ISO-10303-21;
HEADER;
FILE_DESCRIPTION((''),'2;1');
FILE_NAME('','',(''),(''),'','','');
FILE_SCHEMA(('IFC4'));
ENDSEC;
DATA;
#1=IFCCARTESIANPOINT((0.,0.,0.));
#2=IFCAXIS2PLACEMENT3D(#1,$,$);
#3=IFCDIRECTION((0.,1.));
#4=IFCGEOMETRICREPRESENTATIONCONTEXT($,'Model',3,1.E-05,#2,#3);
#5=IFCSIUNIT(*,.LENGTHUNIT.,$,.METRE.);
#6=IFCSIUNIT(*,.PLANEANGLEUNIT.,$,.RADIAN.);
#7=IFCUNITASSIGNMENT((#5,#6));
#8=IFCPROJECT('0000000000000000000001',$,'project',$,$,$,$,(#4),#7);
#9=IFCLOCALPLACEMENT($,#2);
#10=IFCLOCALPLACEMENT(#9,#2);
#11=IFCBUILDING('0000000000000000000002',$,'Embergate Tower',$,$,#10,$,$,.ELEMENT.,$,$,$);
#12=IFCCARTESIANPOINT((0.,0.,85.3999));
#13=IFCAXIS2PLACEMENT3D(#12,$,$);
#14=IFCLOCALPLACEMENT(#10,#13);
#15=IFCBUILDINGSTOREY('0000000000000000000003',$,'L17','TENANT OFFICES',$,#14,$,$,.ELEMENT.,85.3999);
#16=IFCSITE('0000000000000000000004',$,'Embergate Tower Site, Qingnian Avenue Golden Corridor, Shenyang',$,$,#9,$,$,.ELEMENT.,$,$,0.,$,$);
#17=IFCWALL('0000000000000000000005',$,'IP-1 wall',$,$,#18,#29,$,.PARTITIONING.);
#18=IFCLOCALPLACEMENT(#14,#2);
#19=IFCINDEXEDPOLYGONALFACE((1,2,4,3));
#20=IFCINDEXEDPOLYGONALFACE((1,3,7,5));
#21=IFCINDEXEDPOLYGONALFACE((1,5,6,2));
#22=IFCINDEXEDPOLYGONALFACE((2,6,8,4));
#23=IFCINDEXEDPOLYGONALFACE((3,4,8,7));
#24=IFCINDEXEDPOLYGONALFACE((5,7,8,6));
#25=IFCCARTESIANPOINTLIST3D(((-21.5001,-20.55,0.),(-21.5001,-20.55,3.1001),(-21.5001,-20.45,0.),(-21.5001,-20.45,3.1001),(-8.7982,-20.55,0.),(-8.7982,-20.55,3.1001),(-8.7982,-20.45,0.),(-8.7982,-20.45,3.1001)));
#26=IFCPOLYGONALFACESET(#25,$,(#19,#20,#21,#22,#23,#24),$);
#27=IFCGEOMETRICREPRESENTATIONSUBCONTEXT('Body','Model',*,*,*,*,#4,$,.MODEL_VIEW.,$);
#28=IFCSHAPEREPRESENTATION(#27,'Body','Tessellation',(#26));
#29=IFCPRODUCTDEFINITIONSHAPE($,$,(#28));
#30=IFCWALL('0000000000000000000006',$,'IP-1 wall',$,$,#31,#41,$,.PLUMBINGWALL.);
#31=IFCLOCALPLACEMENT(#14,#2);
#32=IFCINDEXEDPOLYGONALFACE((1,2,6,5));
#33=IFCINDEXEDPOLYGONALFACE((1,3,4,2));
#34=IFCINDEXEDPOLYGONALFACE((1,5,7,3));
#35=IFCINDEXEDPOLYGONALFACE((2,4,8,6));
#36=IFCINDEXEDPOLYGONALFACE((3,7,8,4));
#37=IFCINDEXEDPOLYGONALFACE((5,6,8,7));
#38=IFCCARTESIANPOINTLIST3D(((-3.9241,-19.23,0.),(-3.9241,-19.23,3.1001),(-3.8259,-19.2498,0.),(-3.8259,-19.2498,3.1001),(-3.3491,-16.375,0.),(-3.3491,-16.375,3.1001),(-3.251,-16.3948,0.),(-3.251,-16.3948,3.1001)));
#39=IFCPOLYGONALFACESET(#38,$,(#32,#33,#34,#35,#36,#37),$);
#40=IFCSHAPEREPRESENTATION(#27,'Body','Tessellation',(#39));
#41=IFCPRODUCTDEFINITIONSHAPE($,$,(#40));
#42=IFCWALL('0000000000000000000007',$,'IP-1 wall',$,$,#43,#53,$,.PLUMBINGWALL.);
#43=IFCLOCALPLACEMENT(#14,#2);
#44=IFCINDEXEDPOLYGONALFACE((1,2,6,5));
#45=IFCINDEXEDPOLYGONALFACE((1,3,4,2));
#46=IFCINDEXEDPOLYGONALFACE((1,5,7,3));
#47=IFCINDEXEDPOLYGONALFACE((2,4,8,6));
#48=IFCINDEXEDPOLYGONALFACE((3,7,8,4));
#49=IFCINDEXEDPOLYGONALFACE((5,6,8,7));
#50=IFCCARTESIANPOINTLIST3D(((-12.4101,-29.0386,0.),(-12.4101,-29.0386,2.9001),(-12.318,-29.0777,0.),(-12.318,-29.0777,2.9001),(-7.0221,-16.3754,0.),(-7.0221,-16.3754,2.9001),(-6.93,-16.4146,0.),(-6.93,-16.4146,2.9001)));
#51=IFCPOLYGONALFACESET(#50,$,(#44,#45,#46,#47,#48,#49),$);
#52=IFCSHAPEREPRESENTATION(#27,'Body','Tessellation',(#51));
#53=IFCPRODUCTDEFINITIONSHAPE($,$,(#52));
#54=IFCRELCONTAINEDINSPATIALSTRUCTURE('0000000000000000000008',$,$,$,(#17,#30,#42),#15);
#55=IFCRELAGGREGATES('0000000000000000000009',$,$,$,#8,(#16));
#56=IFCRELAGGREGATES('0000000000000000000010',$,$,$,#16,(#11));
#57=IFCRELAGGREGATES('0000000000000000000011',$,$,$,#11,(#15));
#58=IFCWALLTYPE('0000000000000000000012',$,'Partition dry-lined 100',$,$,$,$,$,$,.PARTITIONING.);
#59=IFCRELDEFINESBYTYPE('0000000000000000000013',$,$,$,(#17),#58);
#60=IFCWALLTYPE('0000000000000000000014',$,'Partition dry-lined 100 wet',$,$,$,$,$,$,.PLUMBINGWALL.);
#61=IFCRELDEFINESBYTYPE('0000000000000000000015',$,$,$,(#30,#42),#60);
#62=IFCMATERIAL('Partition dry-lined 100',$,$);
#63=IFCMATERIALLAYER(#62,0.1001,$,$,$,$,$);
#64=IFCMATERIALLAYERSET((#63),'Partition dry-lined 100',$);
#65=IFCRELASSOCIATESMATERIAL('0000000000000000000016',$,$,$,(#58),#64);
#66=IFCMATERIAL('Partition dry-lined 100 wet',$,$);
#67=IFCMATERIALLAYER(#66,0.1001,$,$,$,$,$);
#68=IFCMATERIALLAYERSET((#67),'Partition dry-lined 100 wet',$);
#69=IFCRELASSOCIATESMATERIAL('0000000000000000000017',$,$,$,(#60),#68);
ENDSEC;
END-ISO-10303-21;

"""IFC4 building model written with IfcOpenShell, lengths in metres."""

from ifc_helpers import new_model, si_unit, direction, frame, frame_2d, origin, place, context, subcontext, project, spatial, rectangle, extrude, source, transform, mapped, material, layer, layer_set, type_object, element, save


model = new_model("IFC4")

# Units and contexts
model_context = context("Model", 3, precision=1e-05, world=origin(), true_north=direction((0.0, 1.0)))
body_context = subcontext(model_context, "Body", "Model", "MODEL_VIEW")
ifc_project = project(units=[si_unit("LENGTHUNIT", "METRE"), si_unit("PLANEANGLEUNIT", "RADIAN")], contexts=[model_context])

# Site, building, storey
site_placement = place(None, origin())
site = spatial("IfcSite", under=ifc_project, at=site_placement, Name="Embergate Tower Site, Qingnian Avenue Golden Corridor, Shenyang", CompositionType="ELEMENT", RefElevation=0.0)
building_placement = place(site_placement, origin())
building = spatial("IfcBuilding", under=site, at=building_placement, Name="Embergate Tower", CompositionType="ELEMENT")
storey_placement = place(building_placement, frame((0.0, 0.0, 85.3999)))
storey = spatial("IfcBuildingStorey", under=building, at=storey_placement, Name="L17", Description="TENANT OFFICES", CompositionType="ELEMENT", Elevation=85.3999)

# Walls
ifc_material_1 = material(Name="Partition dry-lined 100")
ifc_layer_1 = layer(ifc_material_1, 0.1001)
ifc_layer_set_1 = layer_set([ifc_layer_1], Name="Partition dry-lined 100")
wall_type_1 = type_object("IfcWallType", Name="Partition dry-lined 100", PredefinedType="PARTITIONING", material=ifc_layer_set_1)
shared_shape_1 = source(origin(), body_context, "Body", "SweptSolid", [
    extrude(rectangle(XDim=12.7019, YDim=0.1001, at=frame_2d((6.3511, 0.0))), origin(), (0.0, 0.0, 1.0), 3.1001),
])
wall_1_placement = place(storey_placement, frame((-8.7981, -20.5, 0.0), z_axis=(0.0, 0.0, 1.0), x_axis=(-1.0, 0.0, 0.0)))
element("IfcWall", 1, at=wall_1_placement, inside=storey, type_object=wall_type_1, Name="IP-1 wall", PredefinedType="PARTITIONING", context=body_context, shape_type="MappedRepresentation", body=[
    mapped(shared_shape_1, transform((0.0, 0.0, 0.0))),
])
ifc_material_2 = material(Name="Partition dry-lined 100 wet")
ifc_layer_2 = layer(ifc_material_2, 0.1001)
ifc_layer_set_2 = layer_set([ifc_layer_2], Name="Partition dry-lined 100 wet")
wall_type_2 = type_object("IfcWallType", Name="Partition dry-lined 100 wet", PredefinedType="PLUMBINGWALL", material=ifc_layer_set_2)
shared_shape_2 = source(origin(), body_context, "Body", "SweptSolid", [
    extrude(rectangle(XDim=2.9124, YDim=0.1001, at=frame_2d((1.4561, 0.0))), origin(), (0.0, 0.0, 1.0), 3.1001),
])
wall_2_placement = place(storey_placement, frame((-3.3, -16.385, 0.0), z_axis=(0.0, 0.0, 1.0), x_axis=(-0.197422, -0.980319, 0.0)))
element("IfcWall", 2, at=wall_2_placement, inside=storey, type_object=wall_type_2, Name="IP-1 wall", PredefinedType="PLUMBINGWALL", context=body_context, shape_type="MappedRepresentation", body=[
    mapped(shared_shape_2, transform((0.0, 0.0, 0.0))),
])
shared_shape_3 = source(origin(), body_context, "Body", "SweptSolid", [
    extrude(rectangle(XDim=13.7617, YDim=0.1001, at=frame_2d((6.8809, 0.0))), origin(), (0.0, 0.0, 1.0), 2.9001),
])
wall_3_placement = place(storey_placement, frame((-6.9761, -16.395, 0.0), z_axis=(0.0, 0.0, 1.0), x_axis=(-0.391518, -0.920171, 0.0)))
element("IfcWall", 3, at=wall_3_placement, inside=storey, type_object=wall_type_2, Name="IP-1 wall", PredefinedType="PLUMBINGWALL", context=body_context, shape_type="MappedRepresentation", body=[
    mapped(shared_shape_3, transform((0.0, 0.0, 0.0))),
])

save(model, "model.ifc")
